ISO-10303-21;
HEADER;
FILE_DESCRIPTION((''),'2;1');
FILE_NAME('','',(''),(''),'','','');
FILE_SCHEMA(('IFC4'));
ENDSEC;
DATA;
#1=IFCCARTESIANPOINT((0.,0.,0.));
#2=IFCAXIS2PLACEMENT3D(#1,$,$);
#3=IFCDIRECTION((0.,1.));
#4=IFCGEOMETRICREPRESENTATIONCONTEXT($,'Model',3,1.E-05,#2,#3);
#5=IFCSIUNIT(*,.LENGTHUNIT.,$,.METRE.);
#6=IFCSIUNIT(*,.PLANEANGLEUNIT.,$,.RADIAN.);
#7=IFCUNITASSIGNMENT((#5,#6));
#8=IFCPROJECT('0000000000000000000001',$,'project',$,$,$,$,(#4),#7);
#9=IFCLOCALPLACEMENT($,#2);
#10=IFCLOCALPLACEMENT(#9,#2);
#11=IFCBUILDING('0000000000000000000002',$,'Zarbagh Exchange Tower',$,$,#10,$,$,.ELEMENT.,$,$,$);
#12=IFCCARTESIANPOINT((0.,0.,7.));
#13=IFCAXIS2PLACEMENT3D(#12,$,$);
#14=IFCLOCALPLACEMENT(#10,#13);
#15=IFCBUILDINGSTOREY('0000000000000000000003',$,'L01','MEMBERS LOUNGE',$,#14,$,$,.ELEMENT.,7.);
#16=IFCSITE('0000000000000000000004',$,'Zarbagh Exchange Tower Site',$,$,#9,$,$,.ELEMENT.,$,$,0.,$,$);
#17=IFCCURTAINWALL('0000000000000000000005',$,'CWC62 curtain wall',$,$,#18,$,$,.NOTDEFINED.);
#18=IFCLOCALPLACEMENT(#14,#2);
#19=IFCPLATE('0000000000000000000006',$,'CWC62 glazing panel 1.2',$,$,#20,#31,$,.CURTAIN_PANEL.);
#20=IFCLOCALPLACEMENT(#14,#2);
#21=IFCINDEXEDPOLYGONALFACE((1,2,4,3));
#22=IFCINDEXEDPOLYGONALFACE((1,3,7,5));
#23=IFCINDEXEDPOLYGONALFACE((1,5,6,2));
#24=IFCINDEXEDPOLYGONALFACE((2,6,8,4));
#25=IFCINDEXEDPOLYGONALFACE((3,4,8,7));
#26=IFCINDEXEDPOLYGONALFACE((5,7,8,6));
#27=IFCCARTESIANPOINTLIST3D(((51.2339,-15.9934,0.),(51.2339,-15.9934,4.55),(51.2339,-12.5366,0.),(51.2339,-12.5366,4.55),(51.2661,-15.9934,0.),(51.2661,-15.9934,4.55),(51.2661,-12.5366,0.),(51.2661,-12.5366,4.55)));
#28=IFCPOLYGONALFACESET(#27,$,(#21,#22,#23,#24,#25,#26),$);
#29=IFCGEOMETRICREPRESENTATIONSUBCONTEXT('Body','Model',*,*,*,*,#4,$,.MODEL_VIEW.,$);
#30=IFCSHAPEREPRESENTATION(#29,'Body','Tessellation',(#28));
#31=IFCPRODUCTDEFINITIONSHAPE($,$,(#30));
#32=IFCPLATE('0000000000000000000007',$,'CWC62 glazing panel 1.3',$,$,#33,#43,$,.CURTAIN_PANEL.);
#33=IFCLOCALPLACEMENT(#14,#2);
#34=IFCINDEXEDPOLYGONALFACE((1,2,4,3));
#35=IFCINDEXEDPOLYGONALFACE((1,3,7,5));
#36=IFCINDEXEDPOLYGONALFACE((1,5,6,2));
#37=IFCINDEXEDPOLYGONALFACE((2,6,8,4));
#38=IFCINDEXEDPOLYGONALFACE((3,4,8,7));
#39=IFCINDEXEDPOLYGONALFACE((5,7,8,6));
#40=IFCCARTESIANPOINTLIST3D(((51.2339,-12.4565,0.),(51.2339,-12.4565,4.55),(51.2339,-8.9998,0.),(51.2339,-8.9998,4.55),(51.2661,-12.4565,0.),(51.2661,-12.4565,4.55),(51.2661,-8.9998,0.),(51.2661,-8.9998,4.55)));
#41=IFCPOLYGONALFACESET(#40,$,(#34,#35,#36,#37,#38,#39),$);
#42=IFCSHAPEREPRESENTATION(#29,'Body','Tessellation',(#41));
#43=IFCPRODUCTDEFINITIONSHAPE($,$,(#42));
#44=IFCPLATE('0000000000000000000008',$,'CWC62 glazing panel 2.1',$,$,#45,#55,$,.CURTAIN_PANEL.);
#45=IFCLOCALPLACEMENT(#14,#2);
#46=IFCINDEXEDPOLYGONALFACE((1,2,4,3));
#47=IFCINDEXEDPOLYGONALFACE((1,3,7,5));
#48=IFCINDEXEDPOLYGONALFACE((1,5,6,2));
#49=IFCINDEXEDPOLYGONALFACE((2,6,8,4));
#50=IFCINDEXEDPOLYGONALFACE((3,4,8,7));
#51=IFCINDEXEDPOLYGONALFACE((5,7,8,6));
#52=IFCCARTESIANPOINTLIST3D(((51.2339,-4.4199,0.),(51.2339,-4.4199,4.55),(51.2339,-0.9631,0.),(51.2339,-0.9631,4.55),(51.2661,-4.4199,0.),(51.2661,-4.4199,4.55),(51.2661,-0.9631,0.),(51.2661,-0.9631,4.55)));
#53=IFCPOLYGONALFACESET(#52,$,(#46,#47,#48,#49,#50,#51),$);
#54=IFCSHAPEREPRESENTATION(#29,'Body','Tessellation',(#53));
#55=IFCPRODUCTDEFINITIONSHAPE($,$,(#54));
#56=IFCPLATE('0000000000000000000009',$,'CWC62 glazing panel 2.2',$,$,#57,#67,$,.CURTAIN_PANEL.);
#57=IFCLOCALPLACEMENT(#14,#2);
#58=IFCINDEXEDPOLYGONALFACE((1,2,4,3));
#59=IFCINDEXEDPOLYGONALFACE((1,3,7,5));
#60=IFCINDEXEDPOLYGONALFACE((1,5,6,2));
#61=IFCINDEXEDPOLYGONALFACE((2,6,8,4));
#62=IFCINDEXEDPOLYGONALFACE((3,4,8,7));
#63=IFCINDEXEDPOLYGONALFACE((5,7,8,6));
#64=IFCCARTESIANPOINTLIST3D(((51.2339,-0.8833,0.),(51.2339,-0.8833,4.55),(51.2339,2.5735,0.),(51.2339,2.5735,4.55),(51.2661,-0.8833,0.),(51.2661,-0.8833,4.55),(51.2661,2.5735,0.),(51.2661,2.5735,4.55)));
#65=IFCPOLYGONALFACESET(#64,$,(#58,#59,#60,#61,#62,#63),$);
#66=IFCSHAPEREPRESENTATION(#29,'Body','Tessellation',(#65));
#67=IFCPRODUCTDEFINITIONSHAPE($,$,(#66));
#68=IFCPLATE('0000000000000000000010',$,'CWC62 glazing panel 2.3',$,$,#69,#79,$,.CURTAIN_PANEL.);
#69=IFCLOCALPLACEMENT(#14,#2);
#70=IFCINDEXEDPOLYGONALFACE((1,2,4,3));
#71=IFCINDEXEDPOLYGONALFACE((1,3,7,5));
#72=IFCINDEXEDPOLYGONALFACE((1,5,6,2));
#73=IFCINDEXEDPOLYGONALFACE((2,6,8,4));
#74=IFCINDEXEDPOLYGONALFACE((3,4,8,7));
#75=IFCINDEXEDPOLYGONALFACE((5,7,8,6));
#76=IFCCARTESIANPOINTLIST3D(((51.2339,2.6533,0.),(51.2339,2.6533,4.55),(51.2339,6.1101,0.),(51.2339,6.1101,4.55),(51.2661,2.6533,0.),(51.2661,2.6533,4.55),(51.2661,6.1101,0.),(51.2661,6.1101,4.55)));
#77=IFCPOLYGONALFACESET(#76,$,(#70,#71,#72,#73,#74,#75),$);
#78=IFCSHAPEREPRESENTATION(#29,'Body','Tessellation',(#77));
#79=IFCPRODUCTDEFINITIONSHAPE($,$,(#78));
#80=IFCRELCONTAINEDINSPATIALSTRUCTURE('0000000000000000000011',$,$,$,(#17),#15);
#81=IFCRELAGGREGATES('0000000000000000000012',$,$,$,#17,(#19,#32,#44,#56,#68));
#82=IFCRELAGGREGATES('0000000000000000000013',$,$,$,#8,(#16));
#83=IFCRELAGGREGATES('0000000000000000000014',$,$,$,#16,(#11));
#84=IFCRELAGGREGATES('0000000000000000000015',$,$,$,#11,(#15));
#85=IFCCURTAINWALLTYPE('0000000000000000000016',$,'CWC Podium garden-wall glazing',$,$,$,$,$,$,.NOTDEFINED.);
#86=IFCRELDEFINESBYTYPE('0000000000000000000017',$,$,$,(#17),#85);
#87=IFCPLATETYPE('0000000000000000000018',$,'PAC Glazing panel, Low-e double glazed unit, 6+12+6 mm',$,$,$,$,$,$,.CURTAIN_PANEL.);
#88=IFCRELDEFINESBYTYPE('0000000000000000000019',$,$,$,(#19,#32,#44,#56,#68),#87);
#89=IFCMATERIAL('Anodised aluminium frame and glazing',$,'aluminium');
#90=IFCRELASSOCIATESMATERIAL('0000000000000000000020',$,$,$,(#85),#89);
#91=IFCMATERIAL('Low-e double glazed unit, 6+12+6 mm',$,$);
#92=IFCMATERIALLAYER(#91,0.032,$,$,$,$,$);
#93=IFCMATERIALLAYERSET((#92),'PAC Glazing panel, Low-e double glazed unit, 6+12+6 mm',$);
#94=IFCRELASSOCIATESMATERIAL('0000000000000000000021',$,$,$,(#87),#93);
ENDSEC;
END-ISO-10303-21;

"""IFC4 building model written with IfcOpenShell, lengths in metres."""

from ifc_helpers import new_model, si_unit, direction, frame, origin, place, context, subcontext, project, spatial, polyline, outline, extrude, source, transform, mapped, material, layer, layer_set, type_object, element, aggregate, save


model = new_model("IFC4")

# Units and contexts
model_context = context("Model", 3, precision=1e-05, world=origin(), true_north=direction((0.0, 1.0)))
body_context = subcontext(model_context, "Body", "Model", "MODEL_VIEW")
ifc_project = project(units=[si_unit("LENGTHUNIT", "METRE"), si_unit("PLANEANGLEUNIT", "RADIAN")], contexts=[model_context])

# Site, building, storey
site_placement = place(None, origin())
site = spatial("IfcSite", under=ifc_project, at=site_placement, Name="Zarbagh Exchange Tower Site", CompositionType="ELEMENT", RefElevation=0.0)
building_placement = place(site_placement, origin())
building = spatial("IfcBuilding", under=site, at=building_placement, Name="Zarbagh Exchange Tower", CompositionType="ELEMENT")
storey_placement = place(building_placement, frame((0.0, 0.0, 7.0)))
storey = spatial("IfcBuildingStorey", under=building, at=storey_placement, Name="L01", Description="MEMBERS LOUNGE", CompositionType="ELEMENT", Elevation=7.0)

# Curtain wall
ifc_material_1 = material(Name="Anodised aluminium frame and glazing", Category="aluminium")
curtain_wall_type = type_object("IfcCurtainWallType", Name="CWC Podium garden-wall glazing", PredefinedType="NOTDEFINED", material=ifc_material_1)
curtain_wall_1_placement = place(storey_placement, origin())
curtain_wall_1 = element("IfcCurtainWall", 1, at=curtain_wall_1_placement, inside=storey, type_object=curtain_wall_type, Name="CWC62 curtain wall", PredefinedType="NOTDEFINED")
placement = place(storey_placement, origin())

# Shared definitions
ifc_material_2 = material(Name="Low-e double glazed unit, 6+12+6 mm")
ifc_layer = layer(ifc_material_2, 0.032)
ifc_layer_set = layer_set([ifc_layer], Name="PAC Glazing panel, Low-e double glazed unit, 6+12+6 mm")
plate_type = type_object("IfcPlateType", Name="PAC Glazing panel, Low-e double glazed unit, 6+12+6 mm", PredefinedType="CURTAIN_PANEL", material=ifc_layer_set)

# Plates
shared_shape_1 = source(origin(), body_context, "Body", "SweptSolid", [
    extrude(outline(polyline([(0.0, -0.0161), (3.4568, -0.0161), (3.4568, 0.0161), (0.0, 0.0161), (0.0, -0.0161)])), origin(), (0.0, 0.0, 1.0), 4.55),
])
plate_1 = element("IfcPlate", 2, at=placement, type_object=plate_type, Name="CWC62 glazing panel 1.2", PredefinedType="CURTAIN_PANEL", context=body_context, shape_type="MappedRepresentation", body=[
    mapped(shared_shape_1, transform((51.25, -15.9934, 0.0), x_axis=(0.0, 1.0, 0.0), y_axis=(-1.0, 0.0, 0.0), z_axis=(0.0, 0.0, 1.0))),
])
plate_2 = element("IfcPlate", 3, at=placement, type_object=plate_type, Name="CWC62 glazing panel 1.3", PredefinedType="CURTAIN_PANEL", context=body_context, shape_type="MappedRepresentation", body=[
    mapped(shared_shape_1, transform((51.25, -12.4565, 0.0), x_axis=(0.0, 1.0, 0.0), y_axis=(-1.0, 0.0, 0.0), z_axis=(0.0, 0.0, 1.0))),
])
plate_3 = element("IfcPlate", 4, at=placement, type_object=plate_type, Name="CWC62 glazing panel 2.1", PredefinedType="CURTAIN_PANEL", context=body_context, shape_type="MappedRepresentation", body=[
    mapped(shared_shape_1, transform((51.25, -4.4199, 0.0), x_axis=(0.0, 1.0, 0.0), y_axis=(-1.0, 0.0, 0.0), z_axis=(0.0, 0.0, 1.0))),
])
plate_4 = element("IfcPlate", 5, at=placement, type_object=plate_type, Name="CWC62 glazing panel 2.2", PredefinedType="CURTAIN_PANEL", context=body_context, shape_type="MappedRepresentation", body=[
    mapped(shared_shape_1, transform((51.25, -0.8833, 0.0), x_axis=(0.0, 1.0, 0.0), y_axis=(-1.0, 0.0, 0.0), z_axis=(0.0, 0.0, 1.0))),
])
plate_5 = element("IfcPlate", 6, at=placement, type_object=plate_type, Name="CWC62 glazing panel 2.3", PredefinedType="CURTAIN_PANEL", context=body_context, shape_type="MappedRepresentation", body=[
    mapped(shared_shape_1, transform((51.25, 2.6533, 0.0), x_axis=(0.0, 1.0, 0.0), y_axis=(-1.0, 0.0, 0.0), z_axis=(0.0, 0.0, 1.0))),
])
aggregate(curtain_wall_1, [plate_1, plate_2, plate_3, plate_4, plate_5])

save(model, "model.ifc")
